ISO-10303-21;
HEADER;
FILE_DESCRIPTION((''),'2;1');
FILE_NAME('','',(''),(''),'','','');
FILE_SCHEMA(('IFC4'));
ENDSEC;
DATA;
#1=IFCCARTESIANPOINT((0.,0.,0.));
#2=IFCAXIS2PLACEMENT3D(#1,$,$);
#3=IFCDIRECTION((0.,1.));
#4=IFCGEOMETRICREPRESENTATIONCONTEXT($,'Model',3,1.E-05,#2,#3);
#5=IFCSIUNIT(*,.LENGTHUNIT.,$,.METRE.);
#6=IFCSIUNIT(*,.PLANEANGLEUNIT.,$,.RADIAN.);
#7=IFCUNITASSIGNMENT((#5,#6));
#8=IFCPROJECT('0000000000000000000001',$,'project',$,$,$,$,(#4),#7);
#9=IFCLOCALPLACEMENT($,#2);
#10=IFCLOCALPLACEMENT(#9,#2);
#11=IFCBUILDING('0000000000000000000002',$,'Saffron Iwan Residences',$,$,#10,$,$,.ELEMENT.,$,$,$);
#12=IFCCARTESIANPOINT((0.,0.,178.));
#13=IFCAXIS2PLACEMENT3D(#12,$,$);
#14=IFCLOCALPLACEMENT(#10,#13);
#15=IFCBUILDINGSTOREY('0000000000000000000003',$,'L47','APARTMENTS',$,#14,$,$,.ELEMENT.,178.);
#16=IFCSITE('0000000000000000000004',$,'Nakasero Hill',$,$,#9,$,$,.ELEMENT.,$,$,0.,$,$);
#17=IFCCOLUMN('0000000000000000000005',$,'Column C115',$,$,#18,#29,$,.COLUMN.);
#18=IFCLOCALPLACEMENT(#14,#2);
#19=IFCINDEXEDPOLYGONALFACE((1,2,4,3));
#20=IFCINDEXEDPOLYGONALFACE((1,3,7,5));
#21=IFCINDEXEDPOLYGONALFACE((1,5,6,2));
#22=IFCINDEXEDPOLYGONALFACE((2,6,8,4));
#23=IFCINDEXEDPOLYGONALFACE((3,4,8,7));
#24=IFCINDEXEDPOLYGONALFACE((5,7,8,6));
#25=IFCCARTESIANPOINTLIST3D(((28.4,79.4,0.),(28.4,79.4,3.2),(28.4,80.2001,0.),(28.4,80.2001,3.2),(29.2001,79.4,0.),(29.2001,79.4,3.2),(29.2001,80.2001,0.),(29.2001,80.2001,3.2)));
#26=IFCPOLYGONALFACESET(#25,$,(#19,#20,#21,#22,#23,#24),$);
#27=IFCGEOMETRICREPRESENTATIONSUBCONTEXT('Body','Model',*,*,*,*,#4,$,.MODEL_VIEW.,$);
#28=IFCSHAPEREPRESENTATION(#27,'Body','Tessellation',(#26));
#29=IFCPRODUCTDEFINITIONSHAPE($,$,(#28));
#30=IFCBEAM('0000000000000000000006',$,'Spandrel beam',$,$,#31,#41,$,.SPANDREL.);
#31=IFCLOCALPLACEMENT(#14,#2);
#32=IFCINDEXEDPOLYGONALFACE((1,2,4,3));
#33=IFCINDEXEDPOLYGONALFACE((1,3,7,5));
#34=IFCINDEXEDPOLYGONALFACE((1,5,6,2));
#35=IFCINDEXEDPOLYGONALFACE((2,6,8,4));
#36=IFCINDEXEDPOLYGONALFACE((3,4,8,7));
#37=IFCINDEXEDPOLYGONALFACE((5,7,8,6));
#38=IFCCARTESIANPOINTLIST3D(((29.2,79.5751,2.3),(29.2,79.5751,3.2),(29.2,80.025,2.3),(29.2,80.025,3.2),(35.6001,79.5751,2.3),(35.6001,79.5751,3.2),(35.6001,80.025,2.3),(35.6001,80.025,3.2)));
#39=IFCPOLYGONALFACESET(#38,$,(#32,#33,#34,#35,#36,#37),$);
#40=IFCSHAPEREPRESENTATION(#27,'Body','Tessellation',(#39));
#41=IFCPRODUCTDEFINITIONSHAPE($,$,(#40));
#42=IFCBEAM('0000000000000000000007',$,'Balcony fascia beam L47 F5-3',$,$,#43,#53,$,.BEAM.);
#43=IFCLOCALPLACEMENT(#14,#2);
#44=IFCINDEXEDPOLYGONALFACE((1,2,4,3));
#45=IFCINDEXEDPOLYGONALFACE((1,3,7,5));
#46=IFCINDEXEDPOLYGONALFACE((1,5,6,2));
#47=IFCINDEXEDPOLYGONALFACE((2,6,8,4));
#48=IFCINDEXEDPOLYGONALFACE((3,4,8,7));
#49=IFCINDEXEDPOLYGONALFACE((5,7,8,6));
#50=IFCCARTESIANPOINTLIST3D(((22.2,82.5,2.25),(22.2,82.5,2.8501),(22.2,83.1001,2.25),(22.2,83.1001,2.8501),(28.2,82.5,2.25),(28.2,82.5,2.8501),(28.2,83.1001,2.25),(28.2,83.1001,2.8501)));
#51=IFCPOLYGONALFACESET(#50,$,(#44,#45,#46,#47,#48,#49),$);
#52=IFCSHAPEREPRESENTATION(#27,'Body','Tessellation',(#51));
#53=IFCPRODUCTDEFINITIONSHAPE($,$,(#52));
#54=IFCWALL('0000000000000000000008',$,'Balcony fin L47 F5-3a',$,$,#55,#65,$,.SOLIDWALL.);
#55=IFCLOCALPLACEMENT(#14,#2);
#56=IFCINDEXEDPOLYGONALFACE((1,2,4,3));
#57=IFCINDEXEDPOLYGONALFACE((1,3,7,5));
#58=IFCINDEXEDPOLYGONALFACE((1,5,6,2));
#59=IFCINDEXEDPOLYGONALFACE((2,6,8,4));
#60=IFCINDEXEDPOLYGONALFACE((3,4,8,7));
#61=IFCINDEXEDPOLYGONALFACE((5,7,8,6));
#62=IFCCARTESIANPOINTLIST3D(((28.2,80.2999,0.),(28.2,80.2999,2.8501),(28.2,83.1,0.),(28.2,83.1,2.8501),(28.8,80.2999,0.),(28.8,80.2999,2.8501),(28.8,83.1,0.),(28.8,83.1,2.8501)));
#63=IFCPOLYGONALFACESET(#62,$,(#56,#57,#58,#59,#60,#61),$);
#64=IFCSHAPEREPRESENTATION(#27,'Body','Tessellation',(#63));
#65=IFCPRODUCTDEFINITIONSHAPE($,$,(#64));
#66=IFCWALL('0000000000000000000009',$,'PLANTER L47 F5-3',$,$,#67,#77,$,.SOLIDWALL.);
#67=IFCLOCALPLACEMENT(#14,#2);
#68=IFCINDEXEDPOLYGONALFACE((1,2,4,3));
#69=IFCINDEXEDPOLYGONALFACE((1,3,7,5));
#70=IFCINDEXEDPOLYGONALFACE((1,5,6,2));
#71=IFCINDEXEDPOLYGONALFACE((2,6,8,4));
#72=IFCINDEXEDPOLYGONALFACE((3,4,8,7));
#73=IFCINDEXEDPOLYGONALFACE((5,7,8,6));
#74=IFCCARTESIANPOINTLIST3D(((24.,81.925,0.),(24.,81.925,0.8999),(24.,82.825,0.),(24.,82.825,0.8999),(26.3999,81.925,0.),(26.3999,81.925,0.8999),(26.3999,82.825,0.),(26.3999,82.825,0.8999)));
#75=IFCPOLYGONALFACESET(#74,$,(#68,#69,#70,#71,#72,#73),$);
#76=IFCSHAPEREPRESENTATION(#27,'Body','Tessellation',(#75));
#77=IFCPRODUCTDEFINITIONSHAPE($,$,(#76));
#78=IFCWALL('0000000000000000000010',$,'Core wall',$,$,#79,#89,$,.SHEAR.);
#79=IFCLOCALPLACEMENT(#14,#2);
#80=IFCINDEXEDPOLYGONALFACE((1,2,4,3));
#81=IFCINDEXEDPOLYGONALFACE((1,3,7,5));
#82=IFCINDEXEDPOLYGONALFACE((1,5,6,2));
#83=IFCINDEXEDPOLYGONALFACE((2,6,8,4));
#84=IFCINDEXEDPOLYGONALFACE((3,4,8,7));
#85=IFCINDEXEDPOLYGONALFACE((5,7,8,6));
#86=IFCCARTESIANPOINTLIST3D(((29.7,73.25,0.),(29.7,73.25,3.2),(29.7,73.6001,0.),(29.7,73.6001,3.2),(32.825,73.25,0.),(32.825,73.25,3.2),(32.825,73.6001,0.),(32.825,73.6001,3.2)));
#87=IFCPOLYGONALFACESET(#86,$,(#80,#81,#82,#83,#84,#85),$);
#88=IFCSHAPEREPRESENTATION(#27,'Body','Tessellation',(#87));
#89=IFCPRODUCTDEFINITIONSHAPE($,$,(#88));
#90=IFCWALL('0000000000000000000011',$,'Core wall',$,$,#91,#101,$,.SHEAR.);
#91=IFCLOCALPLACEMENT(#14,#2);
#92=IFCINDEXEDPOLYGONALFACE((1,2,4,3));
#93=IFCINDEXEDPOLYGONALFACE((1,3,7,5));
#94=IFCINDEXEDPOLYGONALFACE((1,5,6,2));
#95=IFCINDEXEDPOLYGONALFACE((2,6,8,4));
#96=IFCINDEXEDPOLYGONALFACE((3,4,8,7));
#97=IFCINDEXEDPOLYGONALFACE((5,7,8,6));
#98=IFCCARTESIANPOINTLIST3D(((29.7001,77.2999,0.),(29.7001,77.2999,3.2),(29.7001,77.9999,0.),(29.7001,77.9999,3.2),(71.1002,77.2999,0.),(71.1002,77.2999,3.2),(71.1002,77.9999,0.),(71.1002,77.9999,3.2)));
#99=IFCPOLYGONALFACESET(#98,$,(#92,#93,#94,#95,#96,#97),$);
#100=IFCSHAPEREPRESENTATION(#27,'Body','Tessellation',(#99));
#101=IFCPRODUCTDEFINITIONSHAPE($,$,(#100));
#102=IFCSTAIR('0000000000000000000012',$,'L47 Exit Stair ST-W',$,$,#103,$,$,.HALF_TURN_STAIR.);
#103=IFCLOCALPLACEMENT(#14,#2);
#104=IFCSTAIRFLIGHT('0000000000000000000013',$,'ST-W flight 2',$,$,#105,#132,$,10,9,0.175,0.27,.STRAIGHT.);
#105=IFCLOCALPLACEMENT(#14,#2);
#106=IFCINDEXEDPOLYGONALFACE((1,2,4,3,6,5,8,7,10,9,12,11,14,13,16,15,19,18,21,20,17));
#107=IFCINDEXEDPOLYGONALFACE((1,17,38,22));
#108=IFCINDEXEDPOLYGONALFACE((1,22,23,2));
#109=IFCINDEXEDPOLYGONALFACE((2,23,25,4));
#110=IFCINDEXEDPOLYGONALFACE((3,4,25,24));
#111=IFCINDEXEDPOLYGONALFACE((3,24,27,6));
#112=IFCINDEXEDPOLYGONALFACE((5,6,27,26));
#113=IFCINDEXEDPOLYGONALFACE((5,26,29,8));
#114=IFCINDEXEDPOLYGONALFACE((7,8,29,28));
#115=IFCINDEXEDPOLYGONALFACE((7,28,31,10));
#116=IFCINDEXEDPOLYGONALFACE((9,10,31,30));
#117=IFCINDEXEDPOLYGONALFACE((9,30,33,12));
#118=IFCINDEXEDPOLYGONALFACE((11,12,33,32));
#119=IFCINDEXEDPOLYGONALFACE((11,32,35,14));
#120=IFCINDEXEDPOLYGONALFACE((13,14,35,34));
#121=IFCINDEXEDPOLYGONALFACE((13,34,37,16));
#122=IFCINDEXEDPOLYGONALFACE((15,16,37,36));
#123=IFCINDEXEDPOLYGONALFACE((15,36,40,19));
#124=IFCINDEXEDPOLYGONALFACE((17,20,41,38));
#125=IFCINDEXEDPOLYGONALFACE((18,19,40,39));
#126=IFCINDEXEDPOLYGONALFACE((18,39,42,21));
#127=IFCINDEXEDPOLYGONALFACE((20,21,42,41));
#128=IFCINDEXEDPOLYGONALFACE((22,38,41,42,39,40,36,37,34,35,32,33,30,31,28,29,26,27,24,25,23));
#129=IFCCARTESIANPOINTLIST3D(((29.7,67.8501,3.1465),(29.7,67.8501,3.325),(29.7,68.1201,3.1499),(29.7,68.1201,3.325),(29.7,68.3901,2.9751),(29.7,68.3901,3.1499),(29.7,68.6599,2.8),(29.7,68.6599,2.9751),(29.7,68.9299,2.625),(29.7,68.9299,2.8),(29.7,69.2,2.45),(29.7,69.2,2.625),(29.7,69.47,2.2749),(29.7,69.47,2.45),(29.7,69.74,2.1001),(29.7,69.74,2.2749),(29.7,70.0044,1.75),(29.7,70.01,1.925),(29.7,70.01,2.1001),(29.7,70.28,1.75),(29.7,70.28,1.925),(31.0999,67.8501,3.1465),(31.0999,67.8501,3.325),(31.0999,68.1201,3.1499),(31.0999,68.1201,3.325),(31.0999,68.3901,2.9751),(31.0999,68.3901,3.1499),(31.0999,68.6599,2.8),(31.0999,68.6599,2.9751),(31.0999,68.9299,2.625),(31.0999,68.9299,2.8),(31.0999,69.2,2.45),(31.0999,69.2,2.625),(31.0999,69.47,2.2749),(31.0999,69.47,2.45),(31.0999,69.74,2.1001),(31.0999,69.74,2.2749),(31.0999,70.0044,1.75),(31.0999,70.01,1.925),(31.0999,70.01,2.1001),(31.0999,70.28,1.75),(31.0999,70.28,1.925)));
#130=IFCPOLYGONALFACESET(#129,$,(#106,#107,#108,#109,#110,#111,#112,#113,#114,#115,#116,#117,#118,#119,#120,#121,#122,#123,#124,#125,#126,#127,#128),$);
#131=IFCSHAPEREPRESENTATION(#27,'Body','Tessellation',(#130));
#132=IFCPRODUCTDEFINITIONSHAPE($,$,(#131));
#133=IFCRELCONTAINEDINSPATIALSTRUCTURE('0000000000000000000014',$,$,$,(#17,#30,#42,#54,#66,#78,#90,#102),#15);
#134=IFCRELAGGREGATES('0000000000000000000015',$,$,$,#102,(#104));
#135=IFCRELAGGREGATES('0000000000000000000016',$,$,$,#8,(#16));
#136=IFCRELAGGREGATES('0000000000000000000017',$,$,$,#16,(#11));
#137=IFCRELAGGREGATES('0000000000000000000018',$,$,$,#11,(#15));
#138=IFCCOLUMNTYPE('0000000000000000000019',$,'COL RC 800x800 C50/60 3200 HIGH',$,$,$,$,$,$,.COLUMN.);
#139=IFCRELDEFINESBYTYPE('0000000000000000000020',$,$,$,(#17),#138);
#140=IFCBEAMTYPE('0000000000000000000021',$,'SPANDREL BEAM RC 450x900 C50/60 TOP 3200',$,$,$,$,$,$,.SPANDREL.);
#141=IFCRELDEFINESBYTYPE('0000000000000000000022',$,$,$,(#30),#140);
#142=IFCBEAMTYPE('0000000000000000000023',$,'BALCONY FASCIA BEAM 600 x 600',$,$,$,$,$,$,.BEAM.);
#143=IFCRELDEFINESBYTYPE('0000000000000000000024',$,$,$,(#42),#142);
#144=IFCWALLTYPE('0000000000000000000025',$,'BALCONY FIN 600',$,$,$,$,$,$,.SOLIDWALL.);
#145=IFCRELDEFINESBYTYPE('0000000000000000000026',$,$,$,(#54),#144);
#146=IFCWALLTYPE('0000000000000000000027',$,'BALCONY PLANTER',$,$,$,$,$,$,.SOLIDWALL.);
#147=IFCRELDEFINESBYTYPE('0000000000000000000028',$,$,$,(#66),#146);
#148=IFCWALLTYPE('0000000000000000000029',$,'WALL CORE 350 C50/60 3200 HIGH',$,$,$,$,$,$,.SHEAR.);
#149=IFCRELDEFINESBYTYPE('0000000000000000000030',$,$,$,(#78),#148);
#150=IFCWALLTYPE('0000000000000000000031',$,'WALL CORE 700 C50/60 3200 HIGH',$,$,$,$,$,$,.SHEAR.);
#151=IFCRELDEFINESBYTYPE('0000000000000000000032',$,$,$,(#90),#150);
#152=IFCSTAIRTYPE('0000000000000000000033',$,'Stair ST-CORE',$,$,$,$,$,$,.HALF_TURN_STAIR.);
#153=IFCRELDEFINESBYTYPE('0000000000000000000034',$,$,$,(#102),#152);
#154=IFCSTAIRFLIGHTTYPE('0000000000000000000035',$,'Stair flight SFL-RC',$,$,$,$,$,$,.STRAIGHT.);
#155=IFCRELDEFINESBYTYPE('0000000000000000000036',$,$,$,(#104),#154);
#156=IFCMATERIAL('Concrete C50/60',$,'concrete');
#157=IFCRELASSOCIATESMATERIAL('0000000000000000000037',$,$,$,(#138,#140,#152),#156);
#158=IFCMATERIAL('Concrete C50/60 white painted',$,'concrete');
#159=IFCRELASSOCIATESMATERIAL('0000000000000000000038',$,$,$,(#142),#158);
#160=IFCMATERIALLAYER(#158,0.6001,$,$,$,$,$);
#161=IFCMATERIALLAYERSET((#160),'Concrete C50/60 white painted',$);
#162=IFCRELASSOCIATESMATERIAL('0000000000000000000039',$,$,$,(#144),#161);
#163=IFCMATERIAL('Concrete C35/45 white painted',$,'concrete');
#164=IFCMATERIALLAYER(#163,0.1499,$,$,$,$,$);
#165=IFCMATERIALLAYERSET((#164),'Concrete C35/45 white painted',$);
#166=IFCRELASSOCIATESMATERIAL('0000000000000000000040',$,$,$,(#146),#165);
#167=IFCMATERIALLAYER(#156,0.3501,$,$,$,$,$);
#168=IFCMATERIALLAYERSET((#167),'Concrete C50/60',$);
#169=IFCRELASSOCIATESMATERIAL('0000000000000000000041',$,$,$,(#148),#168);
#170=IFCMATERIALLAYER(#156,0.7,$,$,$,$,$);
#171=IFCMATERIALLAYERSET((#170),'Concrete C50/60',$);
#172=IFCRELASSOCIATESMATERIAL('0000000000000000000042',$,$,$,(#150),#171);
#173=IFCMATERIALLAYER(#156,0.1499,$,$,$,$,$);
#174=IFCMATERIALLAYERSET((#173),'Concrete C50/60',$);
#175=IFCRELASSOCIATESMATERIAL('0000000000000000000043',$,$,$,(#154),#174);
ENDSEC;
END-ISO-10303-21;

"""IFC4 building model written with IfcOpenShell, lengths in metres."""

from ifc_helpers import new_model, si_unit, direction, frame, frame_2d, origin, origin_2d, place, context, subcontext, project, spatial, polyline, rectangle, outline, extrude, source, transform, mapped, material, layer, layer_set, material_profile, profile_set, type_object, element, aggregate, save


model = new_model("IFC4")

# Units and contexts
model_context = context("Model", 3, precision=1e-05, world=origin(), true_north=direction((0.0, 1.0)))
body_context = subcontext(model_context, "Body", "Model", "MODEL_VIEW")
ifc_project = project(units=[si_unit("LENGTHUNIT", "METRE"), si_unit("PLANEANGLEUNIT", "RADIAN")], contexts=[model_context])

# Site, building, storey
site_placement = place(None, origin())
site = spatial("IfcSite", under=ifc_project, at=site_placement, Name="Nakasero Hill", CompositionType="ELEMENT", RefElevation=0.0)
building_placement = place(site_placement, origin())
building = spatial("IfcBuilding", under=site, at=building_placement, Name="Saffron Iwan Residences", CompositionType="ELEMENT")
storey_placement = place(building_placement, frame((0.0, 0.0, 178.0)))
storey = spatial("IfcBuildingStorey", under=building, at=storey_placement, Name="L47", Description="APARTMENTS", CompositionType="ELEMENT", Elevation=178.0)

# Column
ifc_material_1 = material(Name="Concrete C50/60", Category="concrete")
ifc_material_profile_1 = material_profile(ifc_material_1, rectangle(XDim=0.8, YDim=0.8, at=origin_2d()), Name="RC 800x800")
ifc_profile_set_1 = profile_set([ifc_material_profile_1], Name="Concrete C50/60")
column_type = type_object("IfcColumnType", Name="COL RC 800x800 C50/60 3200 HIGH", PredefinedType="COLUMN", material=ifc_profile_set_1)
shared_shape_1 = source(origin(), body_context, "Body", "SweptSolid", [
    extrude(rectangle(XDim=0.8, YDim=0.8, at=origin_2d()), origin(), (0.0, 0.0, 1.0), 3.2),
])
column_placement = place(storey_placement, frame((28.8, 79.8, 0.0), z_axis=(0.0, 0.0, 1.0), x_axis=(1.0, 0.0, 0.0)))
element("IfcColumn", 1, at=column_placement, inside=storey, type_object=column_type, Name="Column C115", PredefinedType="COLUMN", context=body_context, shape_type="MappedRepresentation", body=[
    mapped(shared_shape_1, transform((0.0, 0.0, 0.0))),
])

# Beams
ifc_material_profile_2 = material_profile(ifc_material_1, rectangle(XDim=0.45, YDim=0.8999, at=origin_2d()), Name="RC 450x900")
ifc_profile_set_2 = profile_set([ifc_material_profile_2], Name="Concrete C50/60")
beam_type_1 = type_object("IfcBeamType", Name="SPANDREL BEAM RC 450x900 C50/60 TOP 3200", PredefinedType="SPANDREL", material=ifc_profile_set_2)
shared_shape_2 = source(origin(), body_context, "Body", "SweptSolid", [
    extrude(rectangle(XDim=0.45, YDim=0.8999, at=origin_2d()), origin(), (0.0, 0.0, 1.0), 6.4001),
])
beam_1_placement = place(storey_placement, frame((29.2, 79.8, 2.75), z_axis=(1.0, 0.0, 0.0), x_axis=(0.0, 1.0, 0.0)))
element("IfcBeam", 2, at=beam_1_placement, inside=storey, type_object=beam_type_1, Name="Spandrel beam", PredefinedType="SPANDREL", context=body_context, shape_type="MappedRepresentation", body=[
    mapped(shared_shape_2, transform((0.0, 0.0, 0.0))),
])
ifc_material_2 = material(Name="Concrete C50/60 white painted", Category="concrete")
ifc_material_profile_3 = material_profile(ifc_material_2, rectangle(XDim=0.6001, YDim=0.6001, at=origin_2d()), Name="BALCONY FASCIA BEAM 600 x 600")
ifc_profile_set_3 = profile_set([ifc_material_profile_3], Name="Concrete C50/60 white painted")
beam_type_2 = type_object("IfcBeamType", Name="BALCONY FASCIA BEAM 600 x 600", PredefinedType="BEAM", material=ifc_profile_set_3)
shared_shape_3 = source(origin(), body_context, "Body", "SweptSolid", [
    extrude(rectangle(XDim=0.6001, YDim=0.6001, at=origin_2d()), origin(), (0.0, 0.0, 1.0), 6.0),
])
beam_2_placement = place(storey_placement, frame((28.2, 82.8, 2.55), z_axis=(-1.0, 0.0, 0.0), x_axis=(0.0, -1.0, 0.0)))
element("IfcBeam", 3, at=beam_2_placement, inside=storey, type_object=beam_type_2, Name="Balcony fascia beam L47 F5-3", PredefinedType="BEAM", context=body_context, shape_type="MappedRepresentation", body=[
    mapped(shared_shape_3, transform((0.0, 0.0, 0.0))),
])

# Walls
ifc_layer_1 = layer(ifc_material_2, 0.6001)
ifc_layer_set_1 = layer_set([ifc_layer_1], Name="Concrete C50/60 white painted")
wall_type_1 = type_object("IfcWallType", Name="BALCONY FIN 600", PredefinedType="SOLIDWALL", material=ifc_layer_set_1)
wall_1_placement = place(storey_placement, frame((28.5, 80.3, 0.0), z_axis=(0.0, 0.0, 1.0), x_axis=(0.0, 1.0, 0.0)))
element("IfcWall", 4, at=wall_1_placement, inside=storey, type_object=wall_type_1, Name="Balcony fin L47 F5-3a", PredefinedType="SOLIDWALL", context=body_context, shape_type="SweptSolid", body=[
    extrude(rectangle(XDim=2.8, YDim=0.6001, at=frame_2d((1.3999, 0.0))), origin(), (0.0, 0.0, 1.0), 2.8501),
])
ifc_material_3 = material(Name="Concrete C35/45 white painted", Category="concrete")
ifc_layer_2 = layer(ifc_material_3, 0.1499)
ifc_layer_set_2 = layer_set([ifc_layer_2], Name="Concrete C35/45 white painted")
wall_type_2 = type_object("IfcWallType", Name="BALCONY PLANTER", PredefinedType="SOLIDWALL", material=ifc_layer_set_2)
wall_2_placement = place(storey_placement, frame((26.3999, 82.375, 0.0), z_axis=(0.0, 0.0, 1.0), x_axis=(-1.0, 0.0, 0.0)))
element("IfcWall", 5, at=wall_2_placement, inside=storey, type_object=wall_type_2, Name="PLANTER L47 F5-3", PredefinedType="SOLIDWALL", context=body_context, shape_type="SweptSolid", body=[
    extrude(rectangle(XDim=2.3999, YDim=0.8999, at=frame_2d((1.2, 0.0))), origin(), (0.0, 0.0, 1.0), 0.8999),
])

# Walls
ifc_layer_3 = layer(ifc_material_1, 0.3501)
ifc_layer_set_3 = layer_set([ifc_layer_3], Name="Concrete C50/60")
wall_type_3 = type_object("IfcWallType", Name="WALL CORE 350 C50/60 3200 HIGH", PredefinedType="SHEAR", material=ifc_layer_set_3)
wall_3_placement = place(storey_placement, frame((29.7, 73.425, 0.0), z_axis=(0.0, 0.0, 1.0), x_axis=(1.0, 0.0, 0.0)))
element("IfcWall", 6, at=wall_3_placement, inside=storey, type_object=wall_type_3, Name="Core wall", PredefinedType="SHEAR", context=body_context, shape_type="SweptSolid", body=[
    extrude(rectangle(XDim=3.125, YDim=0.3501, at=frame_2d((1.5625, 0.0))), origin(), (0.0, 0.0, 1.0), 3.2),
])
ifc_layer_4 = layer(ifc_material_1, 0.7)
ifc_layer_set_4 = layer_set([ifc_layer_4], Name="Concrete C50/60")
wall_type_4 = type_object("IfcWallType", Name="WALL CORE 700 C50/60 3200 HIGH", PredefinedType="SHEAR", material=ifc_layer_set_4)
wall_4_placement = place(storey_placement, frame((29.7, 77.6499, 0.0), z_axis=(0.0, 0.0, 1.0), x_axis=(1.0, 0.0, 0.0)))
element("IfcWall", 7, at=wall_4_placement, inside=storey, type_object=wall_type_4, Name="Core wall", PredefinedType="SHEAR", context=body_context, shape_type="SweptSolid", body=[
    extrude(rectangle(XDim=41.4001, YDim=0.7, at=frame_2d((20.7002, 0.0))), origin(), (0.0, 0.0, 1.0), 3.2),
])

# Stair, stair flight
stair_type = type_object("IfcStairType", Name="Stair ST-CORE", PredefinedType="HALF_TURN_STAIR", material=ifc_material_1)
stair_placement = place(storey_placement, origin())
stair = element("IfcStair", 8, at=stair_placement, inside=storey, type_object=stair_type, Name="L47 Exit Stair ST-W", PredefinedType="HALF_TURN_STAIR")
ifc_layer_5 = layer(ifc_material_1, 0.1499)
ifc_layer_set_5 = layer_set([ifc_layer_5], Name="Concrete C50/60")
stair_flight_type = type_object("IfcStairFlightType", Name="Stair flight SFL-RC", PredefinedType="STRAIGHT", material=ifc_layer_set_5)
stair_flight_placement = place(storey_placement, frame((30.3999, 70.28, 1.75), z_axis=(0.0, 0.0, 1.0), x_axis=(0.0, -1.0, 0.0)))
stair_flight = element("IfcStairFlight", 9, at=stair_flight_placement, type_object=stair_flight_type, Name="ST-W flight 2", NumberOfRisers=10, NumberOfTreads=9, PredefinedType="STRAIGHT", RiserHeight=0.175, TreadLength=0.27, context=body_context, shape_type="SweptSolid", body=[
    extrude(outline(polyline([(0.0, 0.0), (0.0, 0.175), (0.27, 0.175), (0.27, 0.3501), (0.54, 0.3501), (0.54, 0.5249), (0.8101, 0.5249), (0.8101, 0.7), (1.0801, 0.7), (1.0801, 0.875), (1.3501, 0.875), (1.3501, 1.05), (1.6201, 1.05), (1.6201, 1.2251), (1.8899, 1.2251), (1.8899, 1.3999), (2.1599, 1.3999), (2.1599, 1.575), (2.4299, 1.575), (2.4299, 1.75), (2.4299, 1.3965), (0.2756, 0.0), (0.0, 0.0)])), frame((0.0, 0.7, 0.0), z_axis=(0.0, -1.0, 0.0), x_axis=(1.0, 0.0, 0.0)), (0.0, 0.0, 1.0), 1.3999),
])
aggregate(stair, [stair_flight])

save(model, "model.ifc")
